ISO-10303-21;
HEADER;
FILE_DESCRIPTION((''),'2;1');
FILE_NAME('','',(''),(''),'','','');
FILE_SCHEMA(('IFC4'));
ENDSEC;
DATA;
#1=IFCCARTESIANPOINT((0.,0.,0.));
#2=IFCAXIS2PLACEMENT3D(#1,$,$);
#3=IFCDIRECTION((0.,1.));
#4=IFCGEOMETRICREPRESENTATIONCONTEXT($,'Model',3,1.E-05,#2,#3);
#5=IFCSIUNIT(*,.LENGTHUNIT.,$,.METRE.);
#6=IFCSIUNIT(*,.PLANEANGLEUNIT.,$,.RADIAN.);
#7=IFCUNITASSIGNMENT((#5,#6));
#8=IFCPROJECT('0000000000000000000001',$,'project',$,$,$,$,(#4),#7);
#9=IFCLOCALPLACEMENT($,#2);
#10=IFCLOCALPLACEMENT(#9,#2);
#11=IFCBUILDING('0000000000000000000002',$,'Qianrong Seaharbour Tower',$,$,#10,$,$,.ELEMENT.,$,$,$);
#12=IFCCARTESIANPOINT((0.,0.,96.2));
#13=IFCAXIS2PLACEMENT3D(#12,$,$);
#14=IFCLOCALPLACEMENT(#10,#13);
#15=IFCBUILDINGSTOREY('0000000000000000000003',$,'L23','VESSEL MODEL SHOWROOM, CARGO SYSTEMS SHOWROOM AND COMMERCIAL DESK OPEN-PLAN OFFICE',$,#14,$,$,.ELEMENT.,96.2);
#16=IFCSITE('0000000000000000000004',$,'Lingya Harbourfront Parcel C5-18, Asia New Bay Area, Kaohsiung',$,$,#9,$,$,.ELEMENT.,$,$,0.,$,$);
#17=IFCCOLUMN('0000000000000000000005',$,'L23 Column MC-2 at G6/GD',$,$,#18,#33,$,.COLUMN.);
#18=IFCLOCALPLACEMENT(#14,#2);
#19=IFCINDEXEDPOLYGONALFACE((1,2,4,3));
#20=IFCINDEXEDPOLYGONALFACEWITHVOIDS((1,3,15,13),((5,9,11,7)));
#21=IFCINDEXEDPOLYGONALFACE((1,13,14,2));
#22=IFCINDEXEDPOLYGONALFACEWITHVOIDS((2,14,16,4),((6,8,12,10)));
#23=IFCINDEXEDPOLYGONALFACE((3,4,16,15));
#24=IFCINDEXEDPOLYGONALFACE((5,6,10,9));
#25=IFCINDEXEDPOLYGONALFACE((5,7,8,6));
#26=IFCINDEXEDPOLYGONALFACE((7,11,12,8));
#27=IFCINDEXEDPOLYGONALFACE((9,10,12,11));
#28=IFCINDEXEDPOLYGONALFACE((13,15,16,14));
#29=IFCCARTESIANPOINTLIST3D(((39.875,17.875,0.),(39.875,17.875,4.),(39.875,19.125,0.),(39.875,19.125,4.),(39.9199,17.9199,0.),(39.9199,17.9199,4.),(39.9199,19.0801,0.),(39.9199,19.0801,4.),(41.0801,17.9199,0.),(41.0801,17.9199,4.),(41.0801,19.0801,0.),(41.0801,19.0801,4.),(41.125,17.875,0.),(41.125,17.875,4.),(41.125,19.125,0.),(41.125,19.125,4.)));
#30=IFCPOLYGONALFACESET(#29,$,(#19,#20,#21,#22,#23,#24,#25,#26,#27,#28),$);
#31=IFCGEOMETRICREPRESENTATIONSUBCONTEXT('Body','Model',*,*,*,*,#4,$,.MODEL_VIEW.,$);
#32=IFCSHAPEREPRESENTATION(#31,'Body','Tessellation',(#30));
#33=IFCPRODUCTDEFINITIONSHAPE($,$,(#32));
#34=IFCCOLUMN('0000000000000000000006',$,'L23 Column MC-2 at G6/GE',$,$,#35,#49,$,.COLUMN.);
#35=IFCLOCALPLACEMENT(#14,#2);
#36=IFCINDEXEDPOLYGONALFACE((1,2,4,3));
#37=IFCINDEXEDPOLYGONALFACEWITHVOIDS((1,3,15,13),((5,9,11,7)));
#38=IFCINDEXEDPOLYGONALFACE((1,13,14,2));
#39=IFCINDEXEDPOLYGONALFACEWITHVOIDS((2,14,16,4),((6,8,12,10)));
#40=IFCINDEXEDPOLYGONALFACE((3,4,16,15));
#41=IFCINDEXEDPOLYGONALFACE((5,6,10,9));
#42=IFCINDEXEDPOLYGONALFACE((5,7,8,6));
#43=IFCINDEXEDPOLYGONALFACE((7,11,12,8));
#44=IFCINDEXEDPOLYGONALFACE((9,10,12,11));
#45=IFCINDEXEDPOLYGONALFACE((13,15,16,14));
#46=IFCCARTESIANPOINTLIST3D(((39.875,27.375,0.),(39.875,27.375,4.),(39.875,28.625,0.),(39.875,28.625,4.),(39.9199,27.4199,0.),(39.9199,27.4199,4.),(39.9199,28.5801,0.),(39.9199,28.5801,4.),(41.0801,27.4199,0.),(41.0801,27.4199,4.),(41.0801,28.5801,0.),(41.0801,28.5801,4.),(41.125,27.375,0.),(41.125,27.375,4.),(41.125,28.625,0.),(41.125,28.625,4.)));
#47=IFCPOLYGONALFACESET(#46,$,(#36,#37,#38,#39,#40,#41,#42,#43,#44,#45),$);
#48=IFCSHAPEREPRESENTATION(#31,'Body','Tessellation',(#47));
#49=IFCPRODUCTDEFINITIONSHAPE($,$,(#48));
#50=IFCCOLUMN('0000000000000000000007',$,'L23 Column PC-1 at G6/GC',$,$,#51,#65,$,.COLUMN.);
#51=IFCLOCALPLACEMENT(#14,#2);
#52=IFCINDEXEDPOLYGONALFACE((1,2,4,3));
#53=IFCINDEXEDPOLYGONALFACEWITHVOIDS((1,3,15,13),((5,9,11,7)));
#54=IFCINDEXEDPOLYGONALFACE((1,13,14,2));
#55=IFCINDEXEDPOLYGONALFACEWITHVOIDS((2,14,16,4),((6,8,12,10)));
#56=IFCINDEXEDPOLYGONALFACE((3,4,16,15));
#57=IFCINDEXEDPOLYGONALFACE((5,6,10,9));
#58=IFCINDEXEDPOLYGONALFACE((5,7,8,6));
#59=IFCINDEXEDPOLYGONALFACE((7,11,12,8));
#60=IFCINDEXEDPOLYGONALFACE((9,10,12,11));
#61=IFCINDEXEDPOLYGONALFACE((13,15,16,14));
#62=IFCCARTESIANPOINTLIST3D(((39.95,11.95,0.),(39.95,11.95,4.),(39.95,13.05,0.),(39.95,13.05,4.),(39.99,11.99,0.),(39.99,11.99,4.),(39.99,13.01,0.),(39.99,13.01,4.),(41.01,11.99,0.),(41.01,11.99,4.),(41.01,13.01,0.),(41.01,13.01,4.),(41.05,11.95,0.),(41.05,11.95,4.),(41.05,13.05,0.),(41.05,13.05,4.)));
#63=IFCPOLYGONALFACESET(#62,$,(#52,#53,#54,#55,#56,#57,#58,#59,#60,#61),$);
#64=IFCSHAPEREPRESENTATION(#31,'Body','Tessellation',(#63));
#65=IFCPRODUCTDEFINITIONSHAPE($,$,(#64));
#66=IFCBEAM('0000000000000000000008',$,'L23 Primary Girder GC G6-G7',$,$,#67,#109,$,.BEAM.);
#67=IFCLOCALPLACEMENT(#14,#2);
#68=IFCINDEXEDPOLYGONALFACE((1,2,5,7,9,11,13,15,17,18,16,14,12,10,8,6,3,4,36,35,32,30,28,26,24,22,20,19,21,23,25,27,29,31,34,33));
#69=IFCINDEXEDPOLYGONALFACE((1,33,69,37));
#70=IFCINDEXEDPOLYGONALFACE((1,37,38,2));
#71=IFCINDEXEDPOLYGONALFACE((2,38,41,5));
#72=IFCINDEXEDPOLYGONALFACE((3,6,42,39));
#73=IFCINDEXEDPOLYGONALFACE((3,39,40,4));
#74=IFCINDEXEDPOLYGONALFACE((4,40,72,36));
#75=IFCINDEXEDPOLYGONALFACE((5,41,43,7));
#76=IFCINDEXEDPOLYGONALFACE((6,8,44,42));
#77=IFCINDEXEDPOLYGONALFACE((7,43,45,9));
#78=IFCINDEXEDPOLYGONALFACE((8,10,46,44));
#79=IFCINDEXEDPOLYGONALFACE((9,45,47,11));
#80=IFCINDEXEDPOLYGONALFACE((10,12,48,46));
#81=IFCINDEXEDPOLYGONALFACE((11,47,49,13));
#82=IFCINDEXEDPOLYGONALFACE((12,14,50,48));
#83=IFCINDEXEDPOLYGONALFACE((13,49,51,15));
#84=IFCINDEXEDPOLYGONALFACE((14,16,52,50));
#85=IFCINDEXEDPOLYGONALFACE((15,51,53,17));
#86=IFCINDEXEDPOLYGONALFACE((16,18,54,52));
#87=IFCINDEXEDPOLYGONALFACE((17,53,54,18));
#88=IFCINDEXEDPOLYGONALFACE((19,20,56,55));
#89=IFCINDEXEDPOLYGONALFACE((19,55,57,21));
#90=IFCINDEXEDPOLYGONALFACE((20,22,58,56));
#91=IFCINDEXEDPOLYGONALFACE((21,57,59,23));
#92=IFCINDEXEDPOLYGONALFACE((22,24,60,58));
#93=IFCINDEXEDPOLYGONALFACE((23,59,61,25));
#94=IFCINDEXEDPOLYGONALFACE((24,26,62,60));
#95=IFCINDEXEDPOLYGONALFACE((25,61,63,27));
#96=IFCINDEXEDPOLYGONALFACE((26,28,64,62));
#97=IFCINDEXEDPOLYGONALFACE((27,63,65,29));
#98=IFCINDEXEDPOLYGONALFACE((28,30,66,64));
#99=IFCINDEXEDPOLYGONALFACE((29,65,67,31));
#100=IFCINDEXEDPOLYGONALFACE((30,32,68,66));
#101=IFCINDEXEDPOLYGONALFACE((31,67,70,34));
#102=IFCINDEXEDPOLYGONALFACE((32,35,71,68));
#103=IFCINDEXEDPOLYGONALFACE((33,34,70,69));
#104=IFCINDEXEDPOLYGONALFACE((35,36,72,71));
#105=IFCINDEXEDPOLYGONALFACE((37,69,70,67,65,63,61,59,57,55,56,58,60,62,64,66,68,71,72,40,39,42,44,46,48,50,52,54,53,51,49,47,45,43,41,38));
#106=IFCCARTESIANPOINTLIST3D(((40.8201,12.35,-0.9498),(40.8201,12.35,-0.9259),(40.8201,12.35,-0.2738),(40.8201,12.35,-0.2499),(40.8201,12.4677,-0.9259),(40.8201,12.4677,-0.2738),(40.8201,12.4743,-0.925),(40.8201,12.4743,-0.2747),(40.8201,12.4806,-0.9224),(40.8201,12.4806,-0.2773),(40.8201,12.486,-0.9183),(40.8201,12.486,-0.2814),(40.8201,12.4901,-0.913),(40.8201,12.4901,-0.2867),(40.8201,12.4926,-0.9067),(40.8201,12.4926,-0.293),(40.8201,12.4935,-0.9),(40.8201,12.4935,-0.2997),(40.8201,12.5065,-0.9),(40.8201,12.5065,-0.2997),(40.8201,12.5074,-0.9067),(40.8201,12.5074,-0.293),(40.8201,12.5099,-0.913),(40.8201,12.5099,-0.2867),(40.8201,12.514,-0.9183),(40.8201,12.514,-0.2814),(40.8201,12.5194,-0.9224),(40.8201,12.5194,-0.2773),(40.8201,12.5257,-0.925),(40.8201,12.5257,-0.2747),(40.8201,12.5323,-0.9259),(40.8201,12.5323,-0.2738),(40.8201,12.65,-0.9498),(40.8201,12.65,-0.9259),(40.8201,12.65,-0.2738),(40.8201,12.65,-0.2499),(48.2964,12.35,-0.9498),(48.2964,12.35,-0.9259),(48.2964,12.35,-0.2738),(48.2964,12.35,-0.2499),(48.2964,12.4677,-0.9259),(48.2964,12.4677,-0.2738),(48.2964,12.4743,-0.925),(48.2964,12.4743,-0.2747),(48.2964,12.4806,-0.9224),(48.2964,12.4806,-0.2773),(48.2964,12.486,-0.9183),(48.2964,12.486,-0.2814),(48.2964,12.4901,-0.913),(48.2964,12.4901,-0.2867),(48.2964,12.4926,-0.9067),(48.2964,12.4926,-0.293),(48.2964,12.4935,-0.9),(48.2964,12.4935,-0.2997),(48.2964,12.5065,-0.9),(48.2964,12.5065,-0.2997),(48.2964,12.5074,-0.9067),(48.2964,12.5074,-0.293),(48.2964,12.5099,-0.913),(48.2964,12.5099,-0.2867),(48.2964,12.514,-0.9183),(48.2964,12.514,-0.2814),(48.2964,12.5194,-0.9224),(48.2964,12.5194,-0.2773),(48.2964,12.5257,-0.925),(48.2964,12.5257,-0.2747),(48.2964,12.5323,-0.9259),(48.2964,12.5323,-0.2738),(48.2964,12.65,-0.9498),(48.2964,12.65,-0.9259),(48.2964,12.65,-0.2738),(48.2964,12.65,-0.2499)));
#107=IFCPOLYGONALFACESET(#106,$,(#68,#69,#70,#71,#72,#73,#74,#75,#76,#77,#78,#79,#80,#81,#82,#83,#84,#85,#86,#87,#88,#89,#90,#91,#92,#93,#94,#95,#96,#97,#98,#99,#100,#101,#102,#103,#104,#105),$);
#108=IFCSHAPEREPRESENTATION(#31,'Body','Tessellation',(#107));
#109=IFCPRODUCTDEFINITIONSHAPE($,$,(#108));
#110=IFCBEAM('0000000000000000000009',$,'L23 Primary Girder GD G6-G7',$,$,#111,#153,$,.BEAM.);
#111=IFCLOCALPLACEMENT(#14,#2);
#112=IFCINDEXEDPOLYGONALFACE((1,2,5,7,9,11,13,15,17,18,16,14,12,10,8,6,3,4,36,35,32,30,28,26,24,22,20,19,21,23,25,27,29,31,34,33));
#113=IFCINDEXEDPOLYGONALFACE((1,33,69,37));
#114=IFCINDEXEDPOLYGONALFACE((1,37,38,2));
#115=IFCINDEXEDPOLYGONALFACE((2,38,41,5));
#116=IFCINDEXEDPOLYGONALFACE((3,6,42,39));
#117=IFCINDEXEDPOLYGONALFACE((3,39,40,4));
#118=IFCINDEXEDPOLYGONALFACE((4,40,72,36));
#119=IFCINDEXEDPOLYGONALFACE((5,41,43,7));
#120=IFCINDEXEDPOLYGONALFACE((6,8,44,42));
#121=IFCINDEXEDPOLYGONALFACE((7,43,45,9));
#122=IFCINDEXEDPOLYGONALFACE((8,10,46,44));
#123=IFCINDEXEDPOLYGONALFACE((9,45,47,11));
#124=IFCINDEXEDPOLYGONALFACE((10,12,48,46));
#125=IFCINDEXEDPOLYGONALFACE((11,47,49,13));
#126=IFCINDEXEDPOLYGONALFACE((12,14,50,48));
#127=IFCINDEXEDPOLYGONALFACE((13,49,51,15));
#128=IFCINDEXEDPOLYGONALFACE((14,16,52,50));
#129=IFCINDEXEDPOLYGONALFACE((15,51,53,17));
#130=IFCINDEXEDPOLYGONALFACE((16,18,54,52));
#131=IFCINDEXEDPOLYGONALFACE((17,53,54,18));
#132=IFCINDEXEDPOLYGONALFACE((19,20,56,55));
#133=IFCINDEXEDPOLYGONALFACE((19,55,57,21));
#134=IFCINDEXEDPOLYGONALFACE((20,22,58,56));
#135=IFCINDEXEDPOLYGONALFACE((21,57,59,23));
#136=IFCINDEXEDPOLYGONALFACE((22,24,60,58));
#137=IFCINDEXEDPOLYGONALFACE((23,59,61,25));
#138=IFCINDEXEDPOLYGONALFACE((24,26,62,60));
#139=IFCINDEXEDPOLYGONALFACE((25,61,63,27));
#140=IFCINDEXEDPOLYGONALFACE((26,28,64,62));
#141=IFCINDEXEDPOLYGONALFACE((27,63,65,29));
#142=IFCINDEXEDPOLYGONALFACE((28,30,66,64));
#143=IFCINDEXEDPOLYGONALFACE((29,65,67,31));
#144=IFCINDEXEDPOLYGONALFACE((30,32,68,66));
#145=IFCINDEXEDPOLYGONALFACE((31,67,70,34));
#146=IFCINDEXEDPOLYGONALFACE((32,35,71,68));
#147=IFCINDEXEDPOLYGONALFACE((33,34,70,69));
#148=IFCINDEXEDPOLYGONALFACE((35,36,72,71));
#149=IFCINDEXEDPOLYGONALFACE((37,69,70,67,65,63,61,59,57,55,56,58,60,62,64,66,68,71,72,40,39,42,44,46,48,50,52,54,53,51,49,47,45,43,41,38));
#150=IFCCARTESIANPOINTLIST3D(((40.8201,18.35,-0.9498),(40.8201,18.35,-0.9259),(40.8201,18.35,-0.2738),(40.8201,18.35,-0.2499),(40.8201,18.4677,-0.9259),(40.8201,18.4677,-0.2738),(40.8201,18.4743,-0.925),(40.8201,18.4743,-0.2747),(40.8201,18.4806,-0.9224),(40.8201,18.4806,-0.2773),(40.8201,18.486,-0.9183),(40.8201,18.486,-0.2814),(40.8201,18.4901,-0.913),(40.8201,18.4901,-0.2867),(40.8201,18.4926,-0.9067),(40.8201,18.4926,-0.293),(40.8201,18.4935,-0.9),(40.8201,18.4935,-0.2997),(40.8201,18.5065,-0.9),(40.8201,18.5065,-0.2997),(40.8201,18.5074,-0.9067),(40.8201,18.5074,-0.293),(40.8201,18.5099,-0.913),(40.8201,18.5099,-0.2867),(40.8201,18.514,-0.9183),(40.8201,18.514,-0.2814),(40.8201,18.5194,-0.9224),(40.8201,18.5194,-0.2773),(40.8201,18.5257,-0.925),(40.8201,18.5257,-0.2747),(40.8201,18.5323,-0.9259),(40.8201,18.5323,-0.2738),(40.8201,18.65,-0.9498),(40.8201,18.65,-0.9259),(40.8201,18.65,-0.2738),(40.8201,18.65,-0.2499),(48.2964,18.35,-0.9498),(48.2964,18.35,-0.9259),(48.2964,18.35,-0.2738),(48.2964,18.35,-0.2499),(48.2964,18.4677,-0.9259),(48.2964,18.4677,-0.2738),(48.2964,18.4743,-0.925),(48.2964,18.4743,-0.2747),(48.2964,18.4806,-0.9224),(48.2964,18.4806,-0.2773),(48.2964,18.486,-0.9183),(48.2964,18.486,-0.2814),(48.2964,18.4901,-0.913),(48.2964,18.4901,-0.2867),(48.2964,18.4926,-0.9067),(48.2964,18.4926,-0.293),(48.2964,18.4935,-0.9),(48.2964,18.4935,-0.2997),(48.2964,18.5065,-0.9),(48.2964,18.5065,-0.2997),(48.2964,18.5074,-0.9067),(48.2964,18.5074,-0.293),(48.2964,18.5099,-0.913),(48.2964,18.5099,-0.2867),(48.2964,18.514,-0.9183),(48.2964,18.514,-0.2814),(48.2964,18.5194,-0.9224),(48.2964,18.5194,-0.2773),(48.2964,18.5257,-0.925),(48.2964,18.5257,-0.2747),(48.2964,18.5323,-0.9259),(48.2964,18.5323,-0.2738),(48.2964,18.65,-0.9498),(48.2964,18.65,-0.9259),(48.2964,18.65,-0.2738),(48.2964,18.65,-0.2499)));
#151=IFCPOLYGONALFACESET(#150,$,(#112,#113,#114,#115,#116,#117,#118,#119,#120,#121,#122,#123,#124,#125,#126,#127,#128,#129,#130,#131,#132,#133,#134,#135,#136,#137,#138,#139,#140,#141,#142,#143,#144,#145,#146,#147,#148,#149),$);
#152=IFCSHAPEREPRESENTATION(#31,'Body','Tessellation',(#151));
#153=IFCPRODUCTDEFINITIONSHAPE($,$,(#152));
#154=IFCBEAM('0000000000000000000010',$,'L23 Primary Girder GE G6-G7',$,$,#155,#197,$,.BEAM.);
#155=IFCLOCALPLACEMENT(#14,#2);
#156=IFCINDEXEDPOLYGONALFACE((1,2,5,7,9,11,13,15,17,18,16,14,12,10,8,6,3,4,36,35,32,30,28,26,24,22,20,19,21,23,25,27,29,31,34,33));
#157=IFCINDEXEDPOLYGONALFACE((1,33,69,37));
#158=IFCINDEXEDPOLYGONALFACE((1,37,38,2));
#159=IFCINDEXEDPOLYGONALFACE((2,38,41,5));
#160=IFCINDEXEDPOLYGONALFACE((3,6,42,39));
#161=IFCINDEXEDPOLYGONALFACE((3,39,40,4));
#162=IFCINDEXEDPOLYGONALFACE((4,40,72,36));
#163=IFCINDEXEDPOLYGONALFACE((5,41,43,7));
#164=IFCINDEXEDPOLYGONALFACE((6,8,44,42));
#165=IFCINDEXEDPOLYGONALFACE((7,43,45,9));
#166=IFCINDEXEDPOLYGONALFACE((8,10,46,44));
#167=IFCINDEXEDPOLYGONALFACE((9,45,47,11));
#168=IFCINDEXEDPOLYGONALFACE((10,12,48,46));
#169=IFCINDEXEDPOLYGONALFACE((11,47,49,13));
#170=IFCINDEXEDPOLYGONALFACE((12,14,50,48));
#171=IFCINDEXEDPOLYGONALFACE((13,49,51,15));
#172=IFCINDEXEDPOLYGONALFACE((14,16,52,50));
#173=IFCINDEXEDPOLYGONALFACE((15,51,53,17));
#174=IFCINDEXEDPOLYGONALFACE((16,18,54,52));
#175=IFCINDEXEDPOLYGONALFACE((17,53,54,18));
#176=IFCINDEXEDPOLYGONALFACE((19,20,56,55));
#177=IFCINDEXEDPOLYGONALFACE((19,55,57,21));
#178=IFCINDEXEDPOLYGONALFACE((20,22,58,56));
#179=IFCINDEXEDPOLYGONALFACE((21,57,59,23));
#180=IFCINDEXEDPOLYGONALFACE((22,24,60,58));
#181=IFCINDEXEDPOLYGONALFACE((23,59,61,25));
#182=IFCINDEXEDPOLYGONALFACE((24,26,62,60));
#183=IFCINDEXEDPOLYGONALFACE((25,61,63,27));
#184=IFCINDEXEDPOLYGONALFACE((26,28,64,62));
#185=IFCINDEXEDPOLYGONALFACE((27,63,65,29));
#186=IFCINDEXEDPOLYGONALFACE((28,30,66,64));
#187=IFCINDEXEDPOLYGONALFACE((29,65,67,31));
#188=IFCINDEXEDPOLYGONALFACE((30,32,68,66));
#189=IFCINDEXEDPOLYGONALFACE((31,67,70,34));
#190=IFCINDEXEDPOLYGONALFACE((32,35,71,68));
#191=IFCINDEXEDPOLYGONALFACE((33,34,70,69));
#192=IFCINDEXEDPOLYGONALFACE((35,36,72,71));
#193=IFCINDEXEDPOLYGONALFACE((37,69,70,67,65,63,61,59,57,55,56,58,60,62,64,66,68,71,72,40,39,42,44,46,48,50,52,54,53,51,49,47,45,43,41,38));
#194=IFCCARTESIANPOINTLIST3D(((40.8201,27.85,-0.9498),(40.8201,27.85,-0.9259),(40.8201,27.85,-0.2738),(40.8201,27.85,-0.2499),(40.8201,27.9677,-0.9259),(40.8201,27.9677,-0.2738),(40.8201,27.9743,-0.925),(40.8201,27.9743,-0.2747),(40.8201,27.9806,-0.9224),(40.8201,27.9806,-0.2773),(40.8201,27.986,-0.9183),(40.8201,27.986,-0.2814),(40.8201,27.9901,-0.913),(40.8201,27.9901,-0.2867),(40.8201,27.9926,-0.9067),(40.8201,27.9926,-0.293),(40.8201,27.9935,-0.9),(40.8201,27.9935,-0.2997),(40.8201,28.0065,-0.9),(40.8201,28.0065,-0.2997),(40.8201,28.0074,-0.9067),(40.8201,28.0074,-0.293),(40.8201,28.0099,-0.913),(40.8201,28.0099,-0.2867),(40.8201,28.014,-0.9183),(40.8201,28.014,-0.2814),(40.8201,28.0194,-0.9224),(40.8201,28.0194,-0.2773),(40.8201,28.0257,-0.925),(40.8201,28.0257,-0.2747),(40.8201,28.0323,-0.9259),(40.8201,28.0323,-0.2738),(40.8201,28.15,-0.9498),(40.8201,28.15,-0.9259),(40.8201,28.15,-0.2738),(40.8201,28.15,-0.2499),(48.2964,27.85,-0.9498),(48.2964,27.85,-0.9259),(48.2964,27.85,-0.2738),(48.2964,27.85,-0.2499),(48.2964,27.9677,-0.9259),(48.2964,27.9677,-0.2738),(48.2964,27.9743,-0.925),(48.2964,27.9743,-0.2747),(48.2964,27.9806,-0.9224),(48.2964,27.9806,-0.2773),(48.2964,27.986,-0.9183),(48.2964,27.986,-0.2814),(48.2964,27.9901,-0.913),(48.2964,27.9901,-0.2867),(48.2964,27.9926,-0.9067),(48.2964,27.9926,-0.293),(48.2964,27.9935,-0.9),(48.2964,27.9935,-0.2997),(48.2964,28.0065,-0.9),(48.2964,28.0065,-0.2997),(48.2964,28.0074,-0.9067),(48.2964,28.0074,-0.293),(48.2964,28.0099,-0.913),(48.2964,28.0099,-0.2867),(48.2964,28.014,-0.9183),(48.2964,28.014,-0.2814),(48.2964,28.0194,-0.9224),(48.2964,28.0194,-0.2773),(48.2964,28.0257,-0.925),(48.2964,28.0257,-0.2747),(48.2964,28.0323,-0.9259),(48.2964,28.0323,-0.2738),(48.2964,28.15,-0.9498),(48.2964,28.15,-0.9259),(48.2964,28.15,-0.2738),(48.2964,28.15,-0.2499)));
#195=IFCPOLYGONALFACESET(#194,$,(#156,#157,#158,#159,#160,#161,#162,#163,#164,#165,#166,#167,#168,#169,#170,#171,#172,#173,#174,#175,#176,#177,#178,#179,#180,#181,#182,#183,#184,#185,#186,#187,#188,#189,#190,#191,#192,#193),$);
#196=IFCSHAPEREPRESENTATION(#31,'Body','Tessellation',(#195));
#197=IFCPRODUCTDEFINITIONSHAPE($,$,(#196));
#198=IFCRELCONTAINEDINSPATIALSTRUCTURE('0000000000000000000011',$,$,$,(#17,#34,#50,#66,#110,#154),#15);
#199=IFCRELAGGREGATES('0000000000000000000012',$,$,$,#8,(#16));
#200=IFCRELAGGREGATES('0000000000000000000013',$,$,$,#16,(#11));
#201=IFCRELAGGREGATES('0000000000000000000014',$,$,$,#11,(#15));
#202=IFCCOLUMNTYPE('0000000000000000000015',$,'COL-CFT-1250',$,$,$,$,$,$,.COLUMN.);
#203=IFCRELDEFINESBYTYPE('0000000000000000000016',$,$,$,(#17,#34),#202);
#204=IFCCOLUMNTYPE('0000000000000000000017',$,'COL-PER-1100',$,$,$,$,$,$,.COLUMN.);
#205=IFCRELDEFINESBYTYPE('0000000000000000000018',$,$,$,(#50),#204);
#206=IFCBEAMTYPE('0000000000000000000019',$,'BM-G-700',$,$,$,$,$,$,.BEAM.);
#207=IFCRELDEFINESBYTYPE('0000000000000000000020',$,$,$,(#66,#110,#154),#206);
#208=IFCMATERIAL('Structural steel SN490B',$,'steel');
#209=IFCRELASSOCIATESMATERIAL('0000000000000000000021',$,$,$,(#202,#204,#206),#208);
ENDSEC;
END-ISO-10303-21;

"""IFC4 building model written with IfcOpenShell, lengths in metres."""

from ifc_helpers import new_model, si_unit, direction, frame, origin, origin_2d, place, context, subcontext, project, spatial, hollow_rectangle, i_section, extrude, material, material_profile, profile_set, type_object, element, save


model = new_model("IFC4")

# Units and contexts
model_context = context("Model", 3, precision=1e-05, world=origin(), true_north=direction((0.0, 1.0)))
body_context = subcontext(model_context, "Body", "Model", "MODEL_VIEW")
ifc_project = project(units=[si_unit("LENGTHUNIT", "METRE"), si_unit("PLANEANGLEUNIT", "RADIAN")], contexts=[model_context])

# Site, building, storey
site_placement = place(None, origin())
site = spatial("IfcSite", under=ifc_project, at=site_placement, Name="Lingya Harbourfront Parcel C5-18, Asia New Bay Area, Kaohsiung", CompositionType="ELEMENT", RefElevation=0.0)
building_placement = place(site_placement, origin())
building = spatial("IfcBuilding", under=site, at=building_placement, Name="Qianrong Seaharbour Tower", CompositionType="ELEMENT")
storey_placement = place(building_placement, frame((0.0, 0.0, 96.2)))
storey = spatial("IfcBuildingStorey", under=building, at=storey_placement, Name="L23", Description="VESSEL MODEL SHOWROOM, CARGO SYSTEMS SHOWROOM AND COMMERCIAL DESK OPEN-PLAN OFFICE", CompositionType="ELEMENT", Elevation=96.2)

# Columns
ifc_material_1 = material(Name="Structural steel SN490B", Category="steel")
ifc_material_profile_1 = material_profile(ifc_material_1, hollow_rectangle(XDim=1.25, YDim=1.25, WallThickness=0.0449, at=origin_2d()), Name="BOX1250x1250x45")
ifc_profile_set_1 = profile_set([ifc_material_profile_1], Name="Structural steel SN490B")
column_type_1 = type_object("IfcColumnType", Name="COL-CFT-1250", PredefinedType="COLUMN", material=ifc_profile_set_1)
for number, where, z_axis, x_axis, name in (
    (1, (40.5, 18.5, 0.0), (0.0, 0.0, 1.0), (1.0, 0.0, 0.0), "L23 Column MC-2 at G6/GD"),
    (2, (40.5, 28.0, 0.0), (0.0, 0.0, 1.0), (1.0, 0.0, 0.0), "L23 Column MC-2 at G6/GE"),
):
    element("IfcColumn", number, at=place(storey_placement, frame(where, z_axis=z_axis, x_axis=x_axis)), inside=storey, type_object=column_type_1, Name=name, PredefinedType="COLUMN", context=body_context, shape_type="SweptSolid", body=[
        extrude(hollow_rectangle(XDim=1.25, YDim=1.25, WallThickness=0.0449, at=origin_2d()), origin(), (0.0, 0.0, 1.0), 4.0),
    ])
ifc_material_profile_2 = material_profile(ifc_material_1, hollow_rectangle(XDim=1.1001, YDim=1.1001, WallThickness=0.04, at=origin_2d()), Name="BOX1100x1100x40")
ifc_profile_set_2 = profile_set([ifc_material_profile_2], Name="Structural steel SN490B")
column_type_2 = type_object("IfcColumnType", Name="COL-PER-1100", PredefinedType="COLUMN", material=ifc_profile_set_2)
column_placement = place(storey_placement, frame((40.5, 12.5, 0.0), z_axis=(0.0, 0.0, 1.0), x_axis=(1.0, 0.0, 0.0)))
element("IfcColumn", 3, at=column_placement, inside=storey, type_object=column_type_2, Name="L23 Column PC-1 at G6/GC", PredefinedType="COLUMN", context=body_context, shape_type="SweptSolid", body=[
    extrude(hollow_rectangle(XDim=1.1001, YDim=1.1001, WallThickness=0.04, at=origin_2d()), origin(), (0.0, 0.0, 1.0), 4.0),
])

# Beams
ifc_material_profile_3 = material_profile(ifc_material_1, i_section(OverallWidth=0.3, OverallDepth=0.7, WebThickness=0.0129, FlangeThickness=0.0239, FilletRadius=0.0259, at=origin_2d()), Name="H700x300x13x24")
ifc_profile_set_3 = profile_set([ifc_material_profile_3], Name="Structural steel SN490B")
beam_type_1 = type_object("IfcBeamType", Name="BM-G-700", PredefinedType="BEAM", material=ifc_profile_set_3)
for number, where, z_axis, x_axis, name in (
    (4, (40.8201, 12.5, -0.5999), (1.0, 0.0, 0.0), (0.0, 1.0, 0.0), "L23 Primary Girder GC G6-G7"),
    (5, (40.8201, 18.5, -0.5999), (1.0, 0.0, 0.0), (0.0, 1.0, 0.0), "L23 Primary Girder GD G6-G7"),
    (6, (40.8201, 28.0, -0.5999), (1.0, 0.0, 0.0), (0.0, 1.0, 0.0), "L23 Primary Girder GE G6-G7"),
):
    element("IfcBeam", number, at=place(storey_placement, frame(where, z_axis=z_axis, x_axis=x_axis)), inside=storey, type_object=beam_type_1, Name=name, PredefinedType="BEAM", context=body_context, shape_type="SweptSolid", body=[
        extrude(i_section(OverallWidth=0.3, OverallDepth=0.7, WebThickness=0.0129, FlangeThickness=0.0239, FilletRadius=0.0259, at=origin_2d()), origin(), (0.0, 0.0, 1.0), 7.4763),
    ])

save(model, "model.ifc")
